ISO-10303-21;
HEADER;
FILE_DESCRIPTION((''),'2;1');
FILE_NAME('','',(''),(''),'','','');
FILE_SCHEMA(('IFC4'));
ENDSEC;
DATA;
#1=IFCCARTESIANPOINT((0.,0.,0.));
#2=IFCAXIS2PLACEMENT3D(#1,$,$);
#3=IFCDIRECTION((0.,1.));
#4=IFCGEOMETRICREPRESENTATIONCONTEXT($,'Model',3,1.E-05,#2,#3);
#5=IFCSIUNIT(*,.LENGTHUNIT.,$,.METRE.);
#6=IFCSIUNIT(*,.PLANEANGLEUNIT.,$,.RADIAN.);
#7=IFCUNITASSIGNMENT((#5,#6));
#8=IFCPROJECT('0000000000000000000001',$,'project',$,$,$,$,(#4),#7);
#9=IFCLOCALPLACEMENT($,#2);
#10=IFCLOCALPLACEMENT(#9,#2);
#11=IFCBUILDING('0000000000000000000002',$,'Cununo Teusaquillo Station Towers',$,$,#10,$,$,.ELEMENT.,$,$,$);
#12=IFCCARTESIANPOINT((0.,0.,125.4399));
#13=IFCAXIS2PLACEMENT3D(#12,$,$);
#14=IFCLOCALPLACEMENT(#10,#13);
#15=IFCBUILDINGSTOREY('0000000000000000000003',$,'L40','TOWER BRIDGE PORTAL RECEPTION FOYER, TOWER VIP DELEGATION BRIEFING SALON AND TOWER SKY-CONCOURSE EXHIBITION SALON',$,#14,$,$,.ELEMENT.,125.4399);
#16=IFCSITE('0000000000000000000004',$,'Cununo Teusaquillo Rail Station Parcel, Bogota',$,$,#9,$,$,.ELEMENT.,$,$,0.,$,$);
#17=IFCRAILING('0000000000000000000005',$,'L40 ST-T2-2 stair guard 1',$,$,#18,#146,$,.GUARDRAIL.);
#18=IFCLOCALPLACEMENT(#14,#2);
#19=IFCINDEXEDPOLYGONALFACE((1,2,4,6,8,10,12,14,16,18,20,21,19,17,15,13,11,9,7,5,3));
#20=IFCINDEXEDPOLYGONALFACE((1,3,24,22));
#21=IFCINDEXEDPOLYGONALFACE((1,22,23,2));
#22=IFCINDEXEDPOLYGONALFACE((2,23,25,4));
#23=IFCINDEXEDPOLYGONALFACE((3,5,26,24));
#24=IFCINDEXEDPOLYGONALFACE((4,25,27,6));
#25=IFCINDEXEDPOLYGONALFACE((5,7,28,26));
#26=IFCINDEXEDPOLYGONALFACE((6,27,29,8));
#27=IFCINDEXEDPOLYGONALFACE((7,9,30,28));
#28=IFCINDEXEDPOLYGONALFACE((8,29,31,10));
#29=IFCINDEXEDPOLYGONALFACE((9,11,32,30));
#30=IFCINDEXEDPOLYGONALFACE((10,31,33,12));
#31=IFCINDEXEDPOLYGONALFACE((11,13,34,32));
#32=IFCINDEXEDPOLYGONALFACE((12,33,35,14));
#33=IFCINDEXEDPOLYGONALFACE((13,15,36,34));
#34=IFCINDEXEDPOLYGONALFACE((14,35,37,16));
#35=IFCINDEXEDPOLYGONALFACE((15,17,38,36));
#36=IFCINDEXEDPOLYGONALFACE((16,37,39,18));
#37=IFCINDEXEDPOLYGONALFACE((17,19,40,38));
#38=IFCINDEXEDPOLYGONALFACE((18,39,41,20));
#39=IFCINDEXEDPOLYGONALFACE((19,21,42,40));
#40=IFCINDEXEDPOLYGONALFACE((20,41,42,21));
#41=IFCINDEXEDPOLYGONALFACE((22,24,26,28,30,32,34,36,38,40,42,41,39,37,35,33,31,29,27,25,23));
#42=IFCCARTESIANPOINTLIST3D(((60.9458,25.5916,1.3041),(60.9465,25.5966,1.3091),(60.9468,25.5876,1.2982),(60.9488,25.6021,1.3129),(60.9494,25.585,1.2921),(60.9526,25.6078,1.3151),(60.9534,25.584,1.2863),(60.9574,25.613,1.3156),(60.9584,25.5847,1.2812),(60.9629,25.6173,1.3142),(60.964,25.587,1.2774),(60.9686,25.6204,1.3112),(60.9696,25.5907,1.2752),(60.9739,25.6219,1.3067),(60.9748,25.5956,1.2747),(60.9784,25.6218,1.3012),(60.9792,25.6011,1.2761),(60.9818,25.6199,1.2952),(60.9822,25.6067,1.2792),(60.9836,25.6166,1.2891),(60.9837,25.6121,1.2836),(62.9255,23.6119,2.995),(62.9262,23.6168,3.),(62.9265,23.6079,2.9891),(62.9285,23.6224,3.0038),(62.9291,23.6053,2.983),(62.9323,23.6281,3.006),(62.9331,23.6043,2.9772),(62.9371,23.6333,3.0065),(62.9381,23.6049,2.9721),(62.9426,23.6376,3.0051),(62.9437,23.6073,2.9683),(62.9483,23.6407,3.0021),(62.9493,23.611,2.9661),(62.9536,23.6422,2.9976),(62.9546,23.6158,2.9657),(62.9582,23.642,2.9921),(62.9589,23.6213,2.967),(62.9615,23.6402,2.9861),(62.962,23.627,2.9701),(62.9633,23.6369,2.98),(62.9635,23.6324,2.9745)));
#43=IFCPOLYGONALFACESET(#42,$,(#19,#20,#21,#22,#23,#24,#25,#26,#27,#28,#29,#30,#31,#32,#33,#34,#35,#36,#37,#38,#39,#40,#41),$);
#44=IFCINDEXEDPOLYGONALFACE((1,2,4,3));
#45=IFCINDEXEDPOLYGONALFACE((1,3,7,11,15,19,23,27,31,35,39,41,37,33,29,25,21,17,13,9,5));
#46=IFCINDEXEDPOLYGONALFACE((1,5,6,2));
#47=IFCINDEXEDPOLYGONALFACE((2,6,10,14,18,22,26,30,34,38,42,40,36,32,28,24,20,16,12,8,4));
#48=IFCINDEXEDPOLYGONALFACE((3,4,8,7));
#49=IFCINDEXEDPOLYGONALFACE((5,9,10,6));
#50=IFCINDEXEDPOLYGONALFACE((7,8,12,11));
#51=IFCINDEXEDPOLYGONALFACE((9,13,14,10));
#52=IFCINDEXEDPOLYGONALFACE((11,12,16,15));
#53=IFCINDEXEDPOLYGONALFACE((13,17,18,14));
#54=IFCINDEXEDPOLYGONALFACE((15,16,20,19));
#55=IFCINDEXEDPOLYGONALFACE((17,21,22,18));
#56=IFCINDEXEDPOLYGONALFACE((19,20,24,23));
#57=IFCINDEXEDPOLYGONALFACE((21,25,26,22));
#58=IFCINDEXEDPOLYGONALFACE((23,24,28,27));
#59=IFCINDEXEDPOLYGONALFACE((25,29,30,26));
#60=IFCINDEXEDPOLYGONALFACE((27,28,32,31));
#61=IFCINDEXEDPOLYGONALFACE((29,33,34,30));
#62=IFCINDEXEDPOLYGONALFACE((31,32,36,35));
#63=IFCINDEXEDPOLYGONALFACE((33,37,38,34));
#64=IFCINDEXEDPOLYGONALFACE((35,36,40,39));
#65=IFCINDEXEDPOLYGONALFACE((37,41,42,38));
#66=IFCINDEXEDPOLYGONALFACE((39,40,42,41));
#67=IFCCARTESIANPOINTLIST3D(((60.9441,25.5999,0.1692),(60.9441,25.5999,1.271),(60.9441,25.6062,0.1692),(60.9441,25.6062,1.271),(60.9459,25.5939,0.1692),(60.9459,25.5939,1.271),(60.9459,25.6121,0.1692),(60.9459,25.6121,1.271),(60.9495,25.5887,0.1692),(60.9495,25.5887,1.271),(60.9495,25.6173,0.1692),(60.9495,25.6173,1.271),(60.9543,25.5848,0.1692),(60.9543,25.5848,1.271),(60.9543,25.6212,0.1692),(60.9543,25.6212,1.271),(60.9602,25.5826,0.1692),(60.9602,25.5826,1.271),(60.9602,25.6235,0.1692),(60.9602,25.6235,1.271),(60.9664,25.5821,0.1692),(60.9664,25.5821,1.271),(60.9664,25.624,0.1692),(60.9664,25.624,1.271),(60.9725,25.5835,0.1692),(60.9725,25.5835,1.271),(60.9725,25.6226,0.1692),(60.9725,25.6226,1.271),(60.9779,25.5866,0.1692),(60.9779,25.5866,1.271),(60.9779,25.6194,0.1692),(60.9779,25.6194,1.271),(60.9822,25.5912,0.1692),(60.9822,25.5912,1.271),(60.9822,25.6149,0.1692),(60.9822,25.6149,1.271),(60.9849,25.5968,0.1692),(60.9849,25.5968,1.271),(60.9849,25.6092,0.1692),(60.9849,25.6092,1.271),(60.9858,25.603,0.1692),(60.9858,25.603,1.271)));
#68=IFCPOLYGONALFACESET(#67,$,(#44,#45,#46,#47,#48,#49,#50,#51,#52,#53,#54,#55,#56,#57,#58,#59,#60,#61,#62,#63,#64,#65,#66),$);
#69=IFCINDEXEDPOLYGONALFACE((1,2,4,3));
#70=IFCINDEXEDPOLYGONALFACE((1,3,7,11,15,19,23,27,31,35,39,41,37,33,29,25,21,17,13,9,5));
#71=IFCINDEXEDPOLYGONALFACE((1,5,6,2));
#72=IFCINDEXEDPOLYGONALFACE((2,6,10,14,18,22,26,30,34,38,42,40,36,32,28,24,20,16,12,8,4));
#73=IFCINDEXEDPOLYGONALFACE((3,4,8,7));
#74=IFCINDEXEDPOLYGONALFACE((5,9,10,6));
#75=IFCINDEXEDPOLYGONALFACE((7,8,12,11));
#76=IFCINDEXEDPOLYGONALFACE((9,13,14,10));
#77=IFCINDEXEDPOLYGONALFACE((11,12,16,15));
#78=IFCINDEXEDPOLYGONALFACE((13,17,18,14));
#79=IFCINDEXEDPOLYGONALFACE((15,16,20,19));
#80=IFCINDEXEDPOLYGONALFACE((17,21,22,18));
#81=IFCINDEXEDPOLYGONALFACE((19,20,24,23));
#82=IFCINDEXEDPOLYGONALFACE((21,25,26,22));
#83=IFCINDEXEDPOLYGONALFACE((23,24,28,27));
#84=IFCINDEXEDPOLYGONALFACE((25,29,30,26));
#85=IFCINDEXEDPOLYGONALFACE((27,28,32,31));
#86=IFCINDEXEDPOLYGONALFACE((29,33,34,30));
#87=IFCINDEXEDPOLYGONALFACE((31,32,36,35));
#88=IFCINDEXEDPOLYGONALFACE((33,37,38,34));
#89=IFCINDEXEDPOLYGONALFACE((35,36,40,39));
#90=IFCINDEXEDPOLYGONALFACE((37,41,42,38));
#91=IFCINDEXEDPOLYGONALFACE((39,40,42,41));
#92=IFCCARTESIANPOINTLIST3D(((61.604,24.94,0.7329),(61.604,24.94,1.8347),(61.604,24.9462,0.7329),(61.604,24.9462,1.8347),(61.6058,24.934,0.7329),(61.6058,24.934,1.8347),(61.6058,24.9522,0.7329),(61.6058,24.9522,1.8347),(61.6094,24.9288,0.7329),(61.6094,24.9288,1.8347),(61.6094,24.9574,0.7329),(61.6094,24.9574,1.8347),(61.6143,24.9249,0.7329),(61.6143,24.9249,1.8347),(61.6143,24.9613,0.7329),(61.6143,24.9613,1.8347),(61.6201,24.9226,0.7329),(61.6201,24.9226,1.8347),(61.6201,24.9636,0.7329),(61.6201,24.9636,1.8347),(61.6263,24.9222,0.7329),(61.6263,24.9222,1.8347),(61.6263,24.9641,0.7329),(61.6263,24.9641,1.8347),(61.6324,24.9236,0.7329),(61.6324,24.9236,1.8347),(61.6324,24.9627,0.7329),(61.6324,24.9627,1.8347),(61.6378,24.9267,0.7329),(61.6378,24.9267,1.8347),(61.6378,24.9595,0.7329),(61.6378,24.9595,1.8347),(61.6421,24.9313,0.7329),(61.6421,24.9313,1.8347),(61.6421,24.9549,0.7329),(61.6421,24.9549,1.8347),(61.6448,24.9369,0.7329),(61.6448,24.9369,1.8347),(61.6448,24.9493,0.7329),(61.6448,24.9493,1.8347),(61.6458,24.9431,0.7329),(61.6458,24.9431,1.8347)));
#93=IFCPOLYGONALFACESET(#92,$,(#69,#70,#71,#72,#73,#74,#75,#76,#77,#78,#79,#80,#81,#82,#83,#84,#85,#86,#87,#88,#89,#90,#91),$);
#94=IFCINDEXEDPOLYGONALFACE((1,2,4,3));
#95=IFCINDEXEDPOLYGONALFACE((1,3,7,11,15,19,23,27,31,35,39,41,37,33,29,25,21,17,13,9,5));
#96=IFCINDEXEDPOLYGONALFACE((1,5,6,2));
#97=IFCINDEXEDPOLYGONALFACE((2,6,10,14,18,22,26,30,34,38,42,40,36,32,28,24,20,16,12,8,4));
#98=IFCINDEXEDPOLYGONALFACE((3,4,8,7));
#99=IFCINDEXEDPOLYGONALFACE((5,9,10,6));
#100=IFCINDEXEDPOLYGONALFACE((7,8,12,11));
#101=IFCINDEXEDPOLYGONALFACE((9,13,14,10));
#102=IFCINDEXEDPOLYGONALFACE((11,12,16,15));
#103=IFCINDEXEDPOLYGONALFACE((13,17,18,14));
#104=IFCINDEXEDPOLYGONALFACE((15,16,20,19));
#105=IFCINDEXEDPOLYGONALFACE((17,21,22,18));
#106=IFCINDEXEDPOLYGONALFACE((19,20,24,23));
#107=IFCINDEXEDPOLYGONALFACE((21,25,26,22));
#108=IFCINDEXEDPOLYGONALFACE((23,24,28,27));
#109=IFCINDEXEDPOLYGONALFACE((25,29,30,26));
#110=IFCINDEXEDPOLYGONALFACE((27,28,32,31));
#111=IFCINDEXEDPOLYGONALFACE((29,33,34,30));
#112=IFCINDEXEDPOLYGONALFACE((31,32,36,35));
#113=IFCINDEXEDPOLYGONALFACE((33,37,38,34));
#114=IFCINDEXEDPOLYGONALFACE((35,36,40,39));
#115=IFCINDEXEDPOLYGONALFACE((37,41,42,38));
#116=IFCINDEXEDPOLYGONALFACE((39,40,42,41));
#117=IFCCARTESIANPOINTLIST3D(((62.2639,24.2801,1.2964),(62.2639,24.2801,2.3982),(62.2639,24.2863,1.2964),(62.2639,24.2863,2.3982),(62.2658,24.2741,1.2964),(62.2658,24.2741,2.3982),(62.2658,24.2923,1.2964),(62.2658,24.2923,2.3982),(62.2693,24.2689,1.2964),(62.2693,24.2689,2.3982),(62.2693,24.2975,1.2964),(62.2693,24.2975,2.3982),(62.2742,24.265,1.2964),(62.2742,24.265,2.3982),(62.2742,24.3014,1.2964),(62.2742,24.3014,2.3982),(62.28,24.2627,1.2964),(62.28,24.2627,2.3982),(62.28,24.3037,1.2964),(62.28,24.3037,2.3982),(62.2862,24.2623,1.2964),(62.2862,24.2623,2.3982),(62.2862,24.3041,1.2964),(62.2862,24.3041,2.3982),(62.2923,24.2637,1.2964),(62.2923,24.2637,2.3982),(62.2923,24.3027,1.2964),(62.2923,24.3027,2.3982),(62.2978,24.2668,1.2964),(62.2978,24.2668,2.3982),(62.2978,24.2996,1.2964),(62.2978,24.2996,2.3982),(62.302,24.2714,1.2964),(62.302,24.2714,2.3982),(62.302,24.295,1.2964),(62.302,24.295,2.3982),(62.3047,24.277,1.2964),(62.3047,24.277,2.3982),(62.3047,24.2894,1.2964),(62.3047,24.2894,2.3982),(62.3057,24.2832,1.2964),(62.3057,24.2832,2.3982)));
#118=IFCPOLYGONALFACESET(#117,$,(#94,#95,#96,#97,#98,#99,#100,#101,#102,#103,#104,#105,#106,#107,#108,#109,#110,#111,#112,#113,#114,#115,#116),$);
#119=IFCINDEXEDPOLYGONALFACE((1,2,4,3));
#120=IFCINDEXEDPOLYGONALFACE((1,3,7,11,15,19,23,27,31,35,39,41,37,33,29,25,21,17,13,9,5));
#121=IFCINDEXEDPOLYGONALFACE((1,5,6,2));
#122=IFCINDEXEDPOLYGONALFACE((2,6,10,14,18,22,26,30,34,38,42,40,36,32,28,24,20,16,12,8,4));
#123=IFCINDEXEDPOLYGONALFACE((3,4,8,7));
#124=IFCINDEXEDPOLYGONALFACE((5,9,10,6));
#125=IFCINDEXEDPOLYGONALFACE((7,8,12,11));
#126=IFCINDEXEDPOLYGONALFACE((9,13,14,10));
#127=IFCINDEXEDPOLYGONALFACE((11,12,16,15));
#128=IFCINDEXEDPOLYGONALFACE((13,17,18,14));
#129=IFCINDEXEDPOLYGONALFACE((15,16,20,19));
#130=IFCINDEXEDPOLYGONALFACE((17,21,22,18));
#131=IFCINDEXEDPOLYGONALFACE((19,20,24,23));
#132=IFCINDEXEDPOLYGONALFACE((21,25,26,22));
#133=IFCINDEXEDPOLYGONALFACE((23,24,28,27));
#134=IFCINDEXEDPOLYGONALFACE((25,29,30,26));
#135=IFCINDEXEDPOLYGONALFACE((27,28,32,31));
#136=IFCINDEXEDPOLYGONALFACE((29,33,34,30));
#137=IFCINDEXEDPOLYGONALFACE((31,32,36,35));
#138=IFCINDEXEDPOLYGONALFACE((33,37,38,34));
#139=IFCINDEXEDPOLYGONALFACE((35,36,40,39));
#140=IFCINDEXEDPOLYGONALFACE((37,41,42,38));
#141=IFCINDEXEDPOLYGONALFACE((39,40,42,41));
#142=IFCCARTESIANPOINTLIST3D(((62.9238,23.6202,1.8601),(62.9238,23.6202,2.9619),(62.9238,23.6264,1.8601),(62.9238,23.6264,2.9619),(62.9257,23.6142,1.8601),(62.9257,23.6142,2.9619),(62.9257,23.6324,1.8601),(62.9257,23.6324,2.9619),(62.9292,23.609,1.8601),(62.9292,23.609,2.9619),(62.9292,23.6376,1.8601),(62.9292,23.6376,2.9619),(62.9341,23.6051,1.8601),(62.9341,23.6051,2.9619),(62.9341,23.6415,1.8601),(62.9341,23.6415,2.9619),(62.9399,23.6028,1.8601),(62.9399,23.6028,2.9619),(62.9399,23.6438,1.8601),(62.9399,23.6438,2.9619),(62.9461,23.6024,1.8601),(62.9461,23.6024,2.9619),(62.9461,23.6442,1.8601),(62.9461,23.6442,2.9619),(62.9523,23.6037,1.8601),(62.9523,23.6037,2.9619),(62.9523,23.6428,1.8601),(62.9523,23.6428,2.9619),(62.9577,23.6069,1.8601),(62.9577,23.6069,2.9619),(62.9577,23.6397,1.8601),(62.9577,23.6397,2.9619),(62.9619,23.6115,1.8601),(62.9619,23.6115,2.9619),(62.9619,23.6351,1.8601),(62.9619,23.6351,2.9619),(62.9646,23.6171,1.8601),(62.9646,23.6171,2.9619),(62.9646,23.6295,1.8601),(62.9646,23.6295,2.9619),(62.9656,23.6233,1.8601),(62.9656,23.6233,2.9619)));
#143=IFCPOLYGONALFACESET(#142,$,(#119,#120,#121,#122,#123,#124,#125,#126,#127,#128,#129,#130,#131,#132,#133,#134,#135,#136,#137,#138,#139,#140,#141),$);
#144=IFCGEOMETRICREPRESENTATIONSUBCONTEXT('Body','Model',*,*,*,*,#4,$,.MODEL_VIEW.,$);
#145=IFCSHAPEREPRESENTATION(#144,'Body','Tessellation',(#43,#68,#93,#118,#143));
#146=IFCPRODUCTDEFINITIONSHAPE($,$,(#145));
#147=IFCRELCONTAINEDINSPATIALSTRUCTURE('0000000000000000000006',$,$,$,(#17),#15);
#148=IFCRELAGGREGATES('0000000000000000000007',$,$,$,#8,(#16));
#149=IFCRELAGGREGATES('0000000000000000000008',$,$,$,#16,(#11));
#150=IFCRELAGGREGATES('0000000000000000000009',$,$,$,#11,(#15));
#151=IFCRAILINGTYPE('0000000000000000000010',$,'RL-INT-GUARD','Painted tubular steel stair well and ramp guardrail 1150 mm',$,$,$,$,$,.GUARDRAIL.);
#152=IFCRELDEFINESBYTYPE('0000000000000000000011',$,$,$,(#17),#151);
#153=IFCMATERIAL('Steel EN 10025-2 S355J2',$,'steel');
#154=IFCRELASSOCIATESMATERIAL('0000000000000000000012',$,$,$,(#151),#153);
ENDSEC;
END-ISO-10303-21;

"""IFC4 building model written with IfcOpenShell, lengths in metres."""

from ifc_helpers import new_model, si_unit, direction, frame, origin, origin_2d, place, context, subcontext, project, spatial, circle, extrude, material, type_object, element, save


model = new_model("IFC4")

# Units and contexts
model_context = context("Model", 3, precision=1e-05, world=origin(), true_north=direction((0.0, 1.0)))
body_context = subcontext(model_context, "Body", "Model", "MODEL_VIEW")
ifc_project = project(units=[si_unit("LENGTHUNIT", "METRE"), si_unit("PLANEANGLEUNIT", "RADIAN")], contexts=[model_context])

# Site, building, storey
site_placement = place(None, origin())
site = spatial("IfcSite", under=ifc_project, at=site_placement, Name="Cununo Teusaquillo Rail Station Parcel, Bogota", CompositionType="ELEMENT", RefElevation=0.0)
building_placement = place(site_placement, origin())
building = spatial("IfcBuilding", under=site, at=building_placement, Name="Cununo Teusaquillo Station Towers", CompositionType="ELEMENT")
storey_placement = place(building_placement, frame((0.0, 0.0, 125.4399)))
storey = spatial("IfcBuildingStorey", under=building, at=storey_placement, Name="L40", Description="TOWER BRIDGE PORTAL RECEPTION FOYER, TOWER VIP DELEGATION BRIEFING SALON AND TOWER SKY-CONCOURSE EXHIBITION SALON", CompositionType="ELEMENT", Elevation=125.4399)

# Railing
ifc_material_1 = material(Name="Steel EN 10025-2 S355J2", Category="steel")
railing_type_1 = type_object("IfcRailingType", Name="RL-INT-GUARD", Description="Painted tubular steel stair well and ramp guardrail 1150 mm", PredefinedType="GUARDRAIL", material=ifc_material_1)
railing_1_placement = place(storey_placement, frame((60.9648, 25.603, 0.1692)))
element("IfcRailing", 1, at=railing_1_placement, inside=storey, type_object=railing_type_1, Name="L40 ST-T2-2 stair guard 1", PredefinedType="GUARDRAIL", context=body_context, shape_type="SweptSolid", body=[
    extrude(circle(Radius=0.0239, at=origin_2d()), frame((0.0, 0.0, 1.126), z_axis=(0.605282, -0.605282, 0.516979), x_axis=(0.707107, 0.707107, 0.0)), (0.0, 0.0, 1.0), 3.2708),
    extrude(circle(Radius=0.021, at=origin_2d()), origin(), (0.0, 0.0, 1.0), 1.1018),
    extrude(circle(Radius=0.021, at=origin_2d()), frame((0.6599, -0.6599, 0.5637)), (0.0, 0.0, 1.0), 1.1018),
    extrude(circle(Radius=0.021, at=origin_2d()), frame((1.3198, -1.3198, 1.1272)), (0.0, 0.0, 1.0), 1.1018),
    extrude(circle(Radius=0.021, at=origin_2d()), frame((1.9797, -1.9797, 1.6909)), (0.0, 0.0, 1.0), 1.1018),
])

save(model, "model.ifc")
